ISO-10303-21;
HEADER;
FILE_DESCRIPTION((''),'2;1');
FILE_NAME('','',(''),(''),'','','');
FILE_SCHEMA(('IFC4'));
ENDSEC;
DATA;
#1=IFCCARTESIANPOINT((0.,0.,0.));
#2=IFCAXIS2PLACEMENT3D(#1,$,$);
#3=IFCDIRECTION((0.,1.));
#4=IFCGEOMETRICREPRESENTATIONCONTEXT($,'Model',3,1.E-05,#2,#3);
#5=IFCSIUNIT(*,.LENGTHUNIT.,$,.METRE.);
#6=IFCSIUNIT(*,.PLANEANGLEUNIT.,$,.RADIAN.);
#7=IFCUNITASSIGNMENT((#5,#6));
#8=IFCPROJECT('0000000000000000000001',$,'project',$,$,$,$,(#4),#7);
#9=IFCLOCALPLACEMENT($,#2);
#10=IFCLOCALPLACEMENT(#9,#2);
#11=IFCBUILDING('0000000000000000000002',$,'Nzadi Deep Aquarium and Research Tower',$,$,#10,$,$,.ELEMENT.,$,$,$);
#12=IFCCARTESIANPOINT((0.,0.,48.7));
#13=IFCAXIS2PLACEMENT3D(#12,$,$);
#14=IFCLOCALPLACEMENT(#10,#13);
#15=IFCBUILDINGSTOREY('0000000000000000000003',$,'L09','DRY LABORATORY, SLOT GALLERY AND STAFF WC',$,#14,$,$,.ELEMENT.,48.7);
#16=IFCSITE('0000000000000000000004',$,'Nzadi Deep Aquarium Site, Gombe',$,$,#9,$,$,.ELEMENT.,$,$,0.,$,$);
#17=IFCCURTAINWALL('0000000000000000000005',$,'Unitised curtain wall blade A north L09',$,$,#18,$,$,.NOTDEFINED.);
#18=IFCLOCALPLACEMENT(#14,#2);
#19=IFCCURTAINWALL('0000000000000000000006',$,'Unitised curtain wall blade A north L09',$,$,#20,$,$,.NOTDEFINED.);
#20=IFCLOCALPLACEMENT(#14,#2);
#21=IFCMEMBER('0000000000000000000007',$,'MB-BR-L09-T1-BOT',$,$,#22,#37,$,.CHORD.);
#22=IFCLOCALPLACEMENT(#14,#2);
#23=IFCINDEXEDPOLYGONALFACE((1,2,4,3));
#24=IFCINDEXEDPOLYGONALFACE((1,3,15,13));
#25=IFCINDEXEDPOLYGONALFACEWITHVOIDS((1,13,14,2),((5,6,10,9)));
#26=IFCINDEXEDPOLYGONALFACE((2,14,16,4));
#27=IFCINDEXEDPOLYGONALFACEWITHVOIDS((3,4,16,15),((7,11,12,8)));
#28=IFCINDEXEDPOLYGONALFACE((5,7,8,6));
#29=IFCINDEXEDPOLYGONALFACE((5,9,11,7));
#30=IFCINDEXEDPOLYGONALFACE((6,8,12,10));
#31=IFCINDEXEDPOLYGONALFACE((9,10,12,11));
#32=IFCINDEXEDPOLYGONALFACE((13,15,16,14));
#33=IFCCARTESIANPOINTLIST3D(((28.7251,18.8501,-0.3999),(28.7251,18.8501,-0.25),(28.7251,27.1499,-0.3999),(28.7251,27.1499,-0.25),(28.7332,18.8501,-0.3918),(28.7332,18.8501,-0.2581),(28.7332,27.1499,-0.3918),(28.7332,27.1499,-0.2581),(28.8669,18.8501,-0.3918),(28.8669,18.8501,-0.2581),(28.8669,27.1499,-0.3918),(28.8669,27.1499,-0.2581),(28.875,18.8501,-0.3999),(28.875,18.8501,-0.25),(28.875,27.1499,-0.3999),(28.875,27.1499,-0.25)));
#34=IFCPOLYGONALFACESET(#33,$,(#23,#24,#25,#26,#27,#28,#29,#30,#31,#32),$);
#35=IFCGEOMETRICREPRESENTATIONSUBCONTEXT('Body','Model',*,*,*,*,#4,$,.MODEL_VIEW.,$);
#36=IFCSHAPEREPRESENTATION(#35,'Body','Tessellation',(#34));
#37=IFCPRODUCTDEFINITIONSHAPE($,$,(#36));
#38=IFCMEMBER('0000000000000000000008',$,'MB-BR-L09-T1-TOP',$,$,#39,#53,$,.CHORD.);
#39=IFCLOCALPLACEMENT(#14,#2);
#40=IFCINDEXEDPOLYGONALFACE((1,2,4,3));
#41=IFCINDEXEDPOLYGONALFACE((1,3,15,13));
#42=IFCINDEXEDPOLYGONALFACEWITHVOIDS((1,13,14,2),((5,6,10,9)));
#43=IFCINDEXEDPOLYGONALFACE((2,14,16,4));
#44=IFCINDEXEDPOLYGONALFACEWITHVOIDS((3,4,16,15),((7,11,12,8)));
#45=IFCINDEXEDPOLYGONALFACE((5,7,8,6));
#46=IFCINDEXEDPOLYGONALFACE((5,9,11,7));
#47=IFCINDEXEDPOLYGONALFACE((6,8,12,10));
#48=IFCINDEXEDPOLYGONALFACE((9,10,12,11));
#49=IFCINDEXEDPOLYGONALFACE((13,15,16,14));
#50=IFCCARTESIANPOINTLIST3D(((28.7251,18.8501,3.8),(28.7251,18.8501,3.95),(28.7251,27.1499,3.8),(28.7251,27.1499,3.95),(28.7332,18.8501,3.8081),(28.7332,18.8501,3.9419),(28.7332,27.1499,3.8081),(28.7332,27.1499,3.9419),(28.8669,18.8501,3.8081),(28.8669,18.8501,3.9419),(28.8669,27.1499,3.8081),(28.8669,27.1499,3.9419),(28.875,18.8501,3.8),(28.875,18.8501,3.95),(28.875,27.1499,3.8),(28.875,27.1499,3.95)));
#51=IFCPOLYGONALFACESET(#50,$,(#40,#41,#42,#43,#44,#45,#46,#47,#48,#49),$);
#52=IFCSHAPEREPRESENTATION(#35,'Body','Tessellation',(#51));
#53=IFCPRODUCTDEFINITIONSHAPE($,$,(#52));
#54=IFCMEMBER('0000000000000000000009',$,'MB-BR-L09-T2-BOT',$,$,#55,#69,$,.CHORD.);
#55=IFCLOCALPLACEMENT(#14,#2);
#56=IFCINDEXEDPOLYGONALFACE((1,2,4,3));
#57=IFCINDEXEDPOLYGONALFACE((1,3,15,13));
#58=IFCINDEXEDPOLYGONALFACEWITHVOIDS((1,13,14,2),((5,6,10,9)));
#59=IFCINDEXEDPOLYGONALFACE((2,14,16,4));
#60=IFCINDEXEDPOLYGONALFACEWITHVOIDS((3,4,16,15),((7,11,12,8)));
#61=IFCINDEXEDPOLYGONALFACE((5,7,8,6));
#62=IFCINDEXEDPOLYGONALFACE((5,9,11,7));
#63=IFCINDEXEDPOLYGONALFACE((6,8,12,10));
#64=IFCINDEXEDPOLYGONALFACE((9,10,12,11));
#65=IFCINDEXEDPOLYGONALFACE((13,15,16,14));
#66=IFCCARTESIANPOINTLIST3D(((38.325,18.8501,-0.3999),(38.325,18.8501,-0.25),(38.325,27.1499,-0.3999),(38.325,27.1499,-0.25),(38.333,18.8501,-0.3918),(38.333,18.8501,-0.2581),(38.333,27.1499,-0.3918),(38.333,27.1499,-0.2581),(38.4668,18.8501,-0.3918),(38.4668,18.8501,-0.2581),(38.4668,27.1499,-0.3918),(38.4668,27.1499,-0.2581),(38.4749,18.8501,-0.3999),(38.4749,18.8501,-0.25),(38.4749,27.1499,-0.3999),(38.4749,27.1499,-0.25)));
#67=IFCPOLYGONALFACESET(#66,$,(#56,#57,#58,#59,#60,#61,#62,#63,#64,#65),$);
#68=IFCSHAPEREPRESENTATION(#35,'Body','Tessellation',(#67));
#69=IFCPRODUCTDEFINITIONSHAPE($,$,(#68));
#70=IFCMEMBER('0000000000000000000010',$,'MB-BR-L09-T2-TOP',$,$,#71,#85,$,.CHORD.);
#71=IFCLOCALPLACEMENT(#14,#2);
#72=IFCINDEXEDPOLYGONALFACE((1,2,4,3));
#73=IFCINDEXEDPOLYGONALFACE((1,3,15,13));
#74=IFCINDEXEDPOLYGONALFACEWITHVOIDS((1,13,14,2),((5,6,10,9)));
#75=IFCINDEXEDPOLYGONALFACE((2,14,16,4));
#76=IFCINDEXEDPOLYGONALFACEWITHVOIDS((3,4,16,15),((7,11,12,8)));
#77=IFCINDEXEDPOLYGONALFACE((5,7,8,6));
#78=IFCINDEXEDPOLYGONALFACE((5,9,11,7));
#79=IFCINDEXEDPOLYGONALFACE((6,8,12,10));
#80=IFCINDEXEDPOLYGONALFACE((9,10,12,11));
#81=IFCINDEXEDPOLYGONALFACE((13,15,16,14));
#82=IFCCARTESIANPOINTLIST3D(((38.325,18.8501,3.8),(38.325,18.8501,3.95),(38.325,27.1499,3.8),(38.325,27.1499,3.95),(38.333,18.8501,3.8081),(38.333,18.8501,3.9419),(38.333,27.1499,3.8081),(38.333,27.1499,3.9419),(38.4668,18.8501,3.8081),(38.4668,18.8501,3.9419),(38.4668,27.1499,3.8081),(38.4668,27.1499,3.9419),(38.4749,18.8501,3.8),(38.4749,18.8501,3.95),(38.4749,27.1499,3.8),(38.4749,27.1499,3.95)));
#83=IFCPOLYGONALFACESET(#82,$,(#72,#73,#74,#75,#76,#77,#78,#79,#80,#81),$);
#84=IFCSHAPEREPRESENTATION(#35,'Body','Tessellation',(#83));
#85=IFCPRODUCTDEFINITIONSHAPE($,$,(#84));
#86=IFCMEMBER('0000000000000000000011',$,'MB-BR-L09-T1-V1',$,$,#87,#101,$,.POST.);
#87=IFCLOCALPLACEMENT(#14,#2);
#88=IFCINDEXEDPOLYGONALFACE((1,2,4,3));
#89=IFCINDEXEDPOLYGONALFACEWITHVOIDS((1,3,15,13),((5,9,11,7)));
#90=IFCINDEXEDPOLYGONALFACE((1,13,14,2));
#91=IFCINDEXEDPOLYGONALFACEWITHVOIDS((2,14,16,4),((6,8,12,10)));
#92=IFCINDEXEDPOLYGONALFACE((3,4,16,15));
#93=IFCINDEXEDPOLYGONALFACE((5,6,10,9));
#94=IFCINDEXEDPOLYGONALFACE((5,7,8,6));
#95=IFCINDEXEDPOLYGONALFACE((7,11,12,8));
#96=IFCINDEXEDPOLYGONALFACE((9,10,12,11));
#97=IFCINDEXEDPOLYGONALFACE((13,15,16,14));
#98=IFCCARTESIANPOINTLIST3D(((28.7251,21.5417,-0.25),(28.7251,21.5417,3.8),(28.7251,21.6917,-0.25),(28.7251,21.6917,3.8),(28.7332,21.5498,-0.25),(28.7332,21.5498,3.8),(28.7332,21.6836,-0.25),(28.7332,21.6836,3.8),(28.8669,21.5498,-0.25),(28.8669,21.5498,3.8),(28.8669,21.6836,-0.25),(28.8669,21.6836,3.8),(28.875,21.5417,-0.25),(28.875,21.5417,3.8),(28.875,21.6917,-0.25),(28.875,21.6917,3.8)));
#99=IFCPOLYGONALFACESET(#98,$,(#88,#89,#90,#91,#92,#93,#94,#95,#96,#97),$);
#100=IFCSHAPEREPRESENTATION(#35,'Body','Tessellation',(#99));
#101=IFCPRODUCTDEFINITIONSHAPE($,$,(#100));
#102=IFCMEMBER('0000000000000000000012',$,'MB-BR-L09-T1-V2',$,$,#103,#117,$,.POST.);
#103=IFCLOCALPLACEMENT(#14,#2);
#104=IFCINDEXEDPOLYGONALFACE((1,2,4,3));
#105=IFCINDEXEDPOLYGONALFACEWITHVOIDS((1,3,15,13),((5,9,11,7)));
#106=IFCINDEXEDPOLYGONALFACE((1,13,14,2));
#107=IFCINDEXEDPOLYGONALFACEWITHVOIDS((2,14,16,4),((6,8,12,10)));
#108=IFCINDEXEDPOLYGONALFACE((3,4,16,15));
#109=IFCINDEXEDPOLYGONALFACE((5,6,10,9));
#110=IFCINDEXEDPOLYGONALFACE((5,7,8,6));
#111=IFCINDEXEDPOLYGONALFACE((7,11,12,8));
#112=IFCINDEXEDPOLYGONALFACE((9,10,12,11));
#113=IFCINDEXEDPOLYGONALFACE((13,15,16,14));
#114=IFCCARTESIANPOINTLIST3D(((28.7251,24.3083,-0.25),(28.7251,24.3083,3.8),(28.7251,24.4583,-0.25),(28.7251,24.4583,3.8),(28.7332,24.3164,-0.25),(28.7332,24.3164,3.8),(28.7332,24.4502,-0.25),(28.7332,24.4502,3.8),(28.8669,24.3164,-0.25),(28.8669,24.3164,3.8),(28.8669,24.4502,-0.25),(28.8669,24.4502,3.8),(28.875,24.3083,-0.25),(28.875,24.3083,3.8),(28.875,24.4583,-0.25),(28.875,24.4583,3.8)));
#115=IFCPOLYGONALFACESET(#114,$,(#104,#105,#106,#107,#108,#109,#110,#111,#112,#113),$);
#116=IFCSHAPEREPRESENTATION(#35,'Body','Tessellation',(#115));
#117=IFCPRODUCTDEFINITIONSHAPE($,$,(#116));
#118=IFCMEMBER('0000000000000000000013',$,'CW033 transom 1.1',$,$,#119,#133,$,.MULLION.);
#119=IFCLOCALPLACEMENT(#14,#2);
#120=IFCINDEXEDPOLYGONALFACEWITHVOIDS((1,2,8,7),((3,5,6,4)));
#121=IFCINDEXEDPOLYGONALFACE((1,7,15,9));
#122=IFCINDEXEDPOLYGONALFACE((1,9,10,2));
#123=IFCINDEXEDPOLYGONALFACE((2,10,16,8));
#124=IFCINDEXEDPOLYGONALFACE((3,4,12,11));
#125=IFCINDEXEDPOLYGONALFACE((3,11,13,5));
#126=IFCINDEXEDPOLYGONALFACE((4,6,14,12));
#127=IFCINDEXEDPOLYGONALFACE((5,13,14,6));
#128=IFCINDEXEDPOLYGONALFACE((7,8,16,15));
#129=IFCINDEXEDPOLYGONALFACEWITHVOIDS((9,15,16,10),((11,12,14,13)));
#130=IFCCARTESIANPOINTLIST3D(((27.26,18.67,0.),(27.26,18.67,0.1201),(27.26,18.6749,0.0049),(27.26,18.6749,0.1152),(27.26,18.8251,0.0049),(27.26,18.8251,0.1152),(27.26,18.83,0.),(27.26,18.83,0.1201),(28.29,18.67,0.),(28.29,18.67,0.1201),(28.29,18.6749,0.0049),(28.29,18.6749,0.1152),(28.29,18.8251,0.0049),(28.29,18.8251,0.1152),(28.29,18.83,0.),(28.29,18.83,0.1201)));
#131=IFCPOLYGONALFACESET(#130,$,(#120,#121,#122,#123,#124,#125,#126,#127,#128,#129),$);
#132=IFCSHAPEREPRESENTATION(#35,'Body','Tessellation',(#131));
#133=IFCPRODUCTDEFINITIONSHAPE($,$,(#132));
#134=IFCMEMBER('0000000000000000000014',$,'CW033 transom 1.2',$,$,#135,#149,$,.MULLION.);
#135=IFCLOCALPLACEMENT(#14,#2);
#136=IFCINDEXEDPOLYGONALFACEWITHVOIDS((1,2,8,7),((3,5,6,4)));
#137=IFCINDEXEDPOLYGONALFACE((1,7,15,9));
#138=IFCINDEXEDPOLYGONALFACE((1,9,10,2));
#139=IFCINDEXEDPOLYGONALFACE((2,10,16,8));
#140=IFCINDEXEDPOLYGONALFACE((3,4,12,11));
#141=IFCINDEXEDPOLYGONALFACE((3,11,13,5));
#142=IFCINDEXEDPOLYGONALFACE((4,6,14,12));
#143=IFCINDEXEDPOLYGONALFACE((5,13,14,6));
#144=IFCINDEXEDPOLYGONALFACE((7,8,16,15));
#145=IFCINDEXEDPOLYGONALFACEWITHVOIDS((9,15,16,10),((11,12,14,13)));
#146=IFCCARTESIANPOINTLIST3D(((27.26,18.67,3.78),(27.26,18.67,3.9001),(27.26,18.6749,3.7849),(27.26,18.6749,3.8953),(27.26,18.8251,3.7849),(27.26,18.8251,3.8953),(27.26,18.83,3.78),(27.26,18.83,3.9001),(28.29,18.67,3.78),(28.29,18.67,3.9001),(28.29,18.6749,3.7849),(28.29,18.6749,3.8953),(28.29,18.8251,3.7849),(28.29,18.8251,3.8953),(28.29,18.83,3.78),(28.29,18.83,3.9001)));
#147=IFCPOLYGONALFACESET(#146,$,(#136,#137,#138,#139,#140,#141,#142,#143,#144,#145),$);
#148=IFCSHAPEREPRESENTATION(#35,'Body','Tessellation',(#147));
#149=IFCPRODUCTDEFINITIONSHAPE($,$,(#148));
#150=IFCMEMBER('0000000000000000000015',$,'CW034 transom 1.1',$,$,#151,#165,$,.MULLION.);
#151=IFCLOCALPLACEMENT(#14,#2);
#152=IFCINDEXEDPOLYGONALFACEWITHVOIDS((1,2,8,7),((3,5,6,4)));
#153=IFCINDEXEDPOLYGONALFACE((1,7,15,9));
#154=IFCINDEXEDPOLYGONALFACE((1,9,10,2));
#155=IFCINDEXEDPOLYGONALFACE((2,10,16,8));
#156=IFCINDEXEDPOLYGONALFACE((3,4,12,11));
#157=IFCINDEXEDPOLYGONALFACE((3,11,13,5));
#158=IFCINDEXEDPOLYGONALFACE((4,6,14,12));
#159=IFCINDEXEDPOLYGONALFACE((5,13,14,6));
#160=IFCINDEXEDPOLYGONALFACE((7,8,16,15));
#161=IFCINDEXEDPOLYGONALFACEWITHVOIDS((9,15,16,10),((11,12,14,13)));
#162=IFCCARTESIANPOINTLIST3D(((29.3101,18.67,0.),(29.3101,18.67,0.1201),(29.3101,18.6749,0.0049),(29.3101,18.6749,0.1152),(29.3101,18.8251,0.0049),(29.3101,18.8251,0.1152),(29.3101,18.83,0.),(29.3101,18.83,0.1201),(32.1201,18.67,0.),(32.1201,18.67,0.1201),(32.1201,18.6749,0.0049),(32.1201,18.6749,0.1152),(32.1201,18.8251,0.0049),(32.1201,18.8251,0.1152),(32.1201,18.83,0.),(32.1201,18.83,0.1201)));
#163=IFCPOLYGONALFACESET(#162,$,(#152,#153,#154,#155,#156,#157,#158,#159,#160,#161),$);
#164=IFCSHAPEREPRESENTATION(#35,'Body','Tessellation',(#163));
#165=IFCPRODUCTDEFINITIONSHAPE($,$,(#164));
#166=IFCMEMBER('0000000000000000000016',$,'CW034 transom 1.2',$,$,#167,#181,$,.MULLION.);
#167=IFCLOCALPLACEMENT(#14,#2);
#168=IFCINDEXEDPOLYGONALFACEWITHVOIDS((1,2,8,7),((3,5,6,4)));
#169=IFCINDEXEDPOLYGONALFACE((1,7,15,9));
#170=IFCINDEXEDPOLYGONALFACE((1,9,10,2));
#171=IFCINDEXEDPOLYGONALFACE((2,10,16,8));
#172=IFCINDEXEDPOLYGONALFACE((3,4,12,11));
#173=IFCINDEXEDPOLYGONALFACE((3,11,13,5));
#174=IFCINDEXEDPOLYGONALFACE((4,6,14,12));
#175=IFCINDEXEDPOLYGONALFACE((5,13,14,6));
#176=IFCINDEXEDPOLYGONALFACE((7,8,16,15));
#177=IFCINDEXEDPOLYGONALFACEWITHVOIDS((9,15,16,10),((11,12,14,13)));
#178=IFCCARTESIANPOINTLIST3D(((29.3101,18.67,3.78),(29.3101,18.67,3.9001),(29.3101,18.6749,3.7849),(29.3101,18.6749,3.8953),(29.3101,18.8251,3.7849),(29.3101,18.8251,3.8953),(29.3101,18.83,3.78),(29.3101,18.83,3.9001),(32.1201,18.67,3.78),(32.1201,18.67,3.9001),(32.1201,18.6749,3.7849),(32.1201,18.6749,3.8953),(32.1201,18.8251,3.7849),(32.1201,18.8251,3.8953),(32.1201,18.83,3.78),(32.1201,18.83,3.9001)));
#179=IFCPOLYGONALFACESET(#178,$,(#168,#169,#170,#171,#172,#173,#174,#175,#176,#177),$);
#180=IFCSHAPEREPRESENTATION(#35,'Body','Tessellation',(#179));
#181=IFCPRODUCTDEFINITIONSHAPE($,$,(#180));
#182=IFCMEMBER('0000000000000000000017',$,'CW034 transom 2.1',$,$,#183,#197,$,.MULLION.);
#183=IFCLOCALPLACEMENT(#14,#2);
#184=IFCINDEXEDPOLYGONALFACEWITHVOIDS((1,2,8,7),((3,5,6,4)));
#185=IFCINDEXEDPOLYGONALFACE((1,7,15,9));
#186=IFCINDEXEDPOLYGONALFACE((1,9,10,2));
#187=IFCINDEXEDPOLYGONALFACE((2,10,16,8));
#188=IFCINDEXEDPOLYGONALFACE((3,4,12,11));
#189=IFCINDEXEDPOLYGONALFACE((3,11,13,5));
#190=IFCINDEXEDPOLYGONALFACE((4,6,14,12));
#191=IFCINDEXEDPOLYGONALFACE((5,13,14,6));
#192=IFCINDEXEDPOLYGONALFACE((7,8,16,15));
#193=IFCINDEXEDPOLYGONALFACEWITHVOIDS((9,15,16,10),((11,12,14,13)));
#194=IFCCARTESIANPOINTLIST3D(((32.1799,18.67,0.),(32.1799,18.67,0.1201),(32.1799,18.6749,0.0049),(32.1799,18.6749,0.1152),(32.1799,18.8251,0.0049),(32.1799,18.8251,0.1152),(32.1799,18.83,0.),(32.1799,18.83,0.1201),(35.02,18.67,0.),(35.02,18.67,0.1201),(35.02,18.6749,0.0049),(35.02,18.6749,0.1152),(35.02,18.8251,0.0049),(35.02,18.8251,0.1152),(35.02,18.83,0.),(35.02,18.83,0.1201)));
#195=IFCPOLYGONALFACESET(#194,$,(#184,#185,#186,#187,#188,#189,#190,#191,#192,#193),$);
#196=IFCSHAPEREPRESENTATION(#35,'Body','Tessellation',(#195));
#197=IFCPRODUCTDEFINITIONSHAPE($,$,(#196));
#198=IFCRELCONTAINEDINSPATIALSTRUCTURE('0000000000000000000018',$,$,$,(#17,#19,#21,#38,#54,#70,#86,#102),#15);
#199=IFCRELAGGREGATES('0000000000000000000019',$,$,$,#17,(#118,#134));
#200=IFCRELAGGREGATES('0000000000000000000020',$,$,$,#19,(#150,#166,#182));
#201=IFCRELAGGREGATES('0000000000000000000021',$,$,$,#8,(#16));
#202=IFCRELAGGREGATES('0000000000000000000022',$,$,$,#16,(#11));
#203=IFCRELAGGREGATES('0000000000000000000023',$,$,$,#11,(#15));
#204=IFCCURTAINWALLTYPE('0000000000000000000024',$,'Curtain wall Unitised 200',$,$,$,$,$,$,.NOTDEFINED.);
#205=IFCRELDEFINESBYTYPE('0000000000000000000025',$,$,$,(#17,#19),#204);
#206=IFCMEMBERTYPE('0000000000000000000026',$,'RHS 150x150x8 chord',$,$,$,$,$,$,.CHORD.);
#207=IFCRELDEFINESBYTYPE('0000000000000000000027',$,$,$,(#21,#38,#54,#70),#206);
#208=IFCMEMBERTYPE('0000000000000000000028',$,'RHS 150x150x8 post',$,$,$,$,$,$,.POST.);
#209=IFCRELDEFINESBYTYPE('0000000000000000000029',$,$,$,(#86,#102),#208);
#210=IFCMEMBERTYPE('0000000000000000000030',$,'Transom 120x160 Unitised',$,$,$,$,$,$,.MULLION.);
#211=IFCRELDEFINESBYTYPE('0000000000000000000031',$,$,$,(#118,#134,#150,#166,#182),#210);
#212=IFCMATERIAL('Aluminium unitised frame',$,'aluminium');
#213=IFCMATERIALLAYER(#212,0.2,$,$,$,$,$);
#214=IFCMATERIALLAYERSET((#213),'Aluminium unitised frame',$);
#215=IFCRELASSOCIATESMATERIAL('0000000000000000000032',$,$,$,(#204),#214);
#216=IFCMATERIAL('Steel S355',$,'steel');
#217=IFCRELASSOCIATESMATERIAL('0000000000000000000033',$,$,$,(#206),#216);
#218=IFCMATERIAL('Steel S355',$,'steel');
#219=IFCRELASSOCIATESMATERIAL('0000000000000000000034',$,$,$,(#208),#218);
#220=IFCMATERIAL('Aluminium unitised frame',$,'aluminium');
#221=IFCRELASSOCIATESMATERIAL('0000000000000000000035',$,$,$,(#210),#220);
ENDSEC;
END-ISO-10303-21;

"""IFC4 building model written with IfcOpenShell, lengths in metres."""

from ifc_helpers import new_model, si_unit, direction, frame, origin, origin_2d, place, context, subcontext, project, spatial, hollow_rectangle, extrude, material, layer, layer_set, material_profile, profile_set, type_object, element, aggregate, save


model = new_model("IFC4")

# Units and contexts
model_context = context("Model", 3, precision=1e-05, world=origin(), true_north=direction((0.0, 1.0)))
body_context = subcontext(model_context, "Body", "Model", "MODEL_VIEW")
ifc_project = project(units=[si_unit("LENGTHUNIT", "METRE"), si_unit("PLANEANGLEUNIT", "RADIAN")], contexts=[model_context])

# Site, building, storey
site_placement = place(None, origin())
site = spatial("IfcSite", under=ifc_project, at=site_placement, Name="Nzadi Deep Aquarium Site, Gombe", CompositionType="ELEMENT", RefElevation=0.0)
building_placement = place(site_placement, origin())
building = spatial("IfcBuilding", under=site, at=building_placement, Name="Nzadi Deep Aquarium and Research Tower", CompositionType="ELEMENT")
storey_placement = place(building_placement, frame((0.0, 0.0, 48.7)))
storey = spatial("IfcBuildingStorey", under=building, at=storey_placement, Name="L09", Description="DRY LABORATORY, SLOT GALLERY AND STAFF WC", CompositionType="ELEMENT", Elevation=48.7)

# Curtain walls
ifc_material_1 = material(Name="Aluminium unitised frame", Category="aluminium")
ifc_layer_1 = layer(ifc_material_1, 0.2)
ifc_layer_set_1 = layer_set([ifc_layer_1], Name="Aluminium unitised frame")
curtain_wall_type = type_object("IfcCurtainWallType", Name="Curtain wall Unitised 200", PredefinedType="NOTDEFINED", material=ifc_layer_set_1)
curtain_wall_1_placement = place(storey_placement, origin())
curtain_wall_1 = element("IfcCurtainWall", 1, at=curtain_wall_1_placement, inside=storey, type_object=curtain_wall_type, Name="Unitised curtain wall blade A north L09", PredefinedType="NOTDEFINED")
curtain_wall_2_placement = place(storey_placement, origin())
curtain_wall_2 = element("IfcCurtainWall", 2, at=curtain_wall_2_placement, inside=storey, type_object=curtain_wall_type, Name="Unitised curtain wall blade A north L09", PredefinedType="NOTDEFINED")

# Members
ifc_material_2 = material(Name="Steel S355", Category="steel")
ifc_material_profile_1 = material_profile(ifc_material_2, hollow_rectangle(XDim=0.1499, YDim=0.1499, WallThickness=0.0081, at=origin_2d()))
ifc_profile_set_1 = profile_set([ifc_material_profile_1], Name="Steel S355")
member_type_1 = type_object("IfcMemberType", Name="RHS 150x150x8 chord", PredefinedType="CHORD", material=ifc_profile_set_1)
for number, where, z_axis, x_axis, name in (
    (3, (28.8, 18.8501, -0.325), (0.0, 1.0, 0.0), (-1.0, 0.0, 0.0), "MB-BR-L09-T1-BOT"),
    (4, (28.8, 18.8501, 3.875), (0.0, 1.0, 0.0), (-1.0, 0.0, 0.0), "MB-BR-L09-T1-TOP"),
    (5, (38.3999, 18.8501, -0.325), (0.0, 1.0, 0.0), (-1.0, 0.0, 0.0), "MB-BR-L09-T2-BOT"),
    (6, (38.3999, 18.8501, 3.875), (0.0, 1.0, 0.0), (-1.0, 0.0, 0.0), "MB-BR-L09-T2-TOP"),
):
    element("IfcMember", number, at=place(storey_placement, frame(where, z_axis=z_axis, x_axis=x_axis)), inside=storey, type_object=member_type_1, Name=name, PredefinedType="CHORD", context=body_context, shape_type="SweptSolid", body=[
        extrude(hollow_rectangle(XDim=0.1499, YDim=0.1499, WallThickness=0.0081, at=origin_2d()), origin(), (0.0, 0.0, 1.0), 8.2998),
    ])
ifc_material_3 = material(Name="Steel S355", Category="steel")
ifc_material_profile_2 = material_profile(ifc_material_3, hollow_rectangle(XDim=0.1499, YDim=0.1499, WallThickness=0.0081, at=origin_2d()))
ifc_profile_set_2 = profile_set([ifc_material_profile_2], Name="Steel S355")
member_type_2 = type_object("IfcMemberType", Name="RHS 150x150x8 post", PredefinedType="POST", material=ifc_profile_set_2)
for number, where, z_axis, x_axis, name in (
    (7, (28.8, 21.6167, -0.25), (0.0, 0.0, 1.0), (1.0, 0.0, 0.0), "MB-BR-L09-T1-V1"),
    (8, (28.8, 24.3833, -0.25), (0.0, 0.0, 1.0), (1.0, 0.0, 0.0), "MB-BR-L09-T1-V2"),
):
    element("IfcMember", number, at=place(storey_placement, frame(where, z_axis=z_axis, x_axis=x_axis)), inside=storey, type_object=member_type_2, Name=name, PredefinedType="POST", context=body_context, shape_type="SweptSolid", body=[
        extrude(hollow_rectangle(XDim=0.1499, YDim=0.1499, WallThickness=0.0081, at=origin_2d()), origin(), (0.0, 0.0, 1.0), 4.05),
    ])

# Members
ifc_material_4 = material(Name="Aluminium unitised frame", Category="aluminium")
ifc_material_profile_3 = material_profile(ifc_material_4, hollow_rectangle(XDim=0.1599, YDim=0.1201, WallThickness=0.0049, at=origin_2d()))
ifc_profile_set_3 = profile_set([ifc_material_profile_3], Name="Aluminium unitised frame")
member_type_3 = type_object("IfcMemberType", Name="Transom 120x160 Unitised", PredefinedType="MULLION", material=ifc_profile_set_3)
member_1_placement = place(storey_placement, frame((27.26, 18.75, 0.0601), z_axis=(1.0, 0.0, 0.0), x_axis=(0.0, 1.0, 0.0)))
member_1 = element("IfcMember", 9, at=member_1_placement, type_object=member_type_3, Name="CW033 transom 1.1", PredefinedType="MULLION", context=body_context, shape_type="SweptSolid", body=[
    extrude(hollow_rectangle(XDim=0.1599, YDim=0.1201, WallThickness=0.0049, at=origin_2d()), origin(), (0.0, 0.0, 1.0), 1.03),
])
member_2_placement = place(storey_placement, frame((27.26, 18.75, 3.8401), z_axis=(1.0, 0.0, 0.0), x_axis=(0.0, 1.0, 0.0)))
member_2 = element("IfcMember", 10, at=member_2_placement, type_object=member_type_3, Name="CW033 transom 1.2", PredefinedType="MULLION", context=body_context, shape_type="SweptSolid", body=[
    extrude(hollow_rectangle(XDim=0.1599, YDim=0.1201, WallThickness=0.0049, at=origin_2d()), origin(), (0.0, 0.0, 1.0), 1.03),
])
member_3_placement = place(storey_placement, frame((29.3101, 18.75, 0.0601), z_axis=(1.0, 0.0, 0.0), x_axis=(0.0, 1.0, 0.0)))
member_3 = element("IfcMember", 11, at=member_3_placement, type_object=member_type_3, Name="CW034 transom 1.1", PredefinedType="MULLION", context=body_context, shape_type="SweptSolid", body=[
    extrude(hollow_rectangle(XDim=0.1599, YDim=0.1201, WallThickness=0.0049, at=origin_2d()), origin(), (0.0, 0.0, 1.0), 2.8101),
])
member_4_placement = place(storey_placement, frame((29.3101, 18.75, 3.8401), z_axis=(1.0, 0.0, 0.0), x_axis=(0.0, 1.0, 0.0)))
member_4 = element("IfcMember", 12, at=member_4_placement, type_object=member_type_3, Name="CW034 transom 1.2", PredefinedType="MULLION", context=body_context, shape_type="SweptSolid", body=[
    extrude(hollow_rectangle(XDim=0.1599, YDim=0.1201, WallThickness=0.0049, at=origin_2d()), origin(), (0.0, 0.0, 1.0), 2.8101),
])
member_5_placement = place(storey_placement, frame((32.1799, 18.75, 0.0601), z_axis=(1.0, 0.0, 0.0), x_axis=(0.0, 1.0, 0.0)))
member_5 = element("IfcMember", 13, at=member_5_placement, type_object=member_type_3, Name="CW034 transom 2.1", PredefinedType="MULLION", context=body_context, shape_type="SweptSolid", body=[
    extrude(hollow_rectangle(XDim=0.1599, YDim=0.1201, WallThickness=0.0049, at=origin_2d()), origin(), (0.0, 0.0, 1.0), 2.8401),
])

aggregate(curtain_wall_1, [member_1, member_2])
aggregate(curtain_wall_2, [member_3, member_4, member_5])

save(model, "model.ifc")
